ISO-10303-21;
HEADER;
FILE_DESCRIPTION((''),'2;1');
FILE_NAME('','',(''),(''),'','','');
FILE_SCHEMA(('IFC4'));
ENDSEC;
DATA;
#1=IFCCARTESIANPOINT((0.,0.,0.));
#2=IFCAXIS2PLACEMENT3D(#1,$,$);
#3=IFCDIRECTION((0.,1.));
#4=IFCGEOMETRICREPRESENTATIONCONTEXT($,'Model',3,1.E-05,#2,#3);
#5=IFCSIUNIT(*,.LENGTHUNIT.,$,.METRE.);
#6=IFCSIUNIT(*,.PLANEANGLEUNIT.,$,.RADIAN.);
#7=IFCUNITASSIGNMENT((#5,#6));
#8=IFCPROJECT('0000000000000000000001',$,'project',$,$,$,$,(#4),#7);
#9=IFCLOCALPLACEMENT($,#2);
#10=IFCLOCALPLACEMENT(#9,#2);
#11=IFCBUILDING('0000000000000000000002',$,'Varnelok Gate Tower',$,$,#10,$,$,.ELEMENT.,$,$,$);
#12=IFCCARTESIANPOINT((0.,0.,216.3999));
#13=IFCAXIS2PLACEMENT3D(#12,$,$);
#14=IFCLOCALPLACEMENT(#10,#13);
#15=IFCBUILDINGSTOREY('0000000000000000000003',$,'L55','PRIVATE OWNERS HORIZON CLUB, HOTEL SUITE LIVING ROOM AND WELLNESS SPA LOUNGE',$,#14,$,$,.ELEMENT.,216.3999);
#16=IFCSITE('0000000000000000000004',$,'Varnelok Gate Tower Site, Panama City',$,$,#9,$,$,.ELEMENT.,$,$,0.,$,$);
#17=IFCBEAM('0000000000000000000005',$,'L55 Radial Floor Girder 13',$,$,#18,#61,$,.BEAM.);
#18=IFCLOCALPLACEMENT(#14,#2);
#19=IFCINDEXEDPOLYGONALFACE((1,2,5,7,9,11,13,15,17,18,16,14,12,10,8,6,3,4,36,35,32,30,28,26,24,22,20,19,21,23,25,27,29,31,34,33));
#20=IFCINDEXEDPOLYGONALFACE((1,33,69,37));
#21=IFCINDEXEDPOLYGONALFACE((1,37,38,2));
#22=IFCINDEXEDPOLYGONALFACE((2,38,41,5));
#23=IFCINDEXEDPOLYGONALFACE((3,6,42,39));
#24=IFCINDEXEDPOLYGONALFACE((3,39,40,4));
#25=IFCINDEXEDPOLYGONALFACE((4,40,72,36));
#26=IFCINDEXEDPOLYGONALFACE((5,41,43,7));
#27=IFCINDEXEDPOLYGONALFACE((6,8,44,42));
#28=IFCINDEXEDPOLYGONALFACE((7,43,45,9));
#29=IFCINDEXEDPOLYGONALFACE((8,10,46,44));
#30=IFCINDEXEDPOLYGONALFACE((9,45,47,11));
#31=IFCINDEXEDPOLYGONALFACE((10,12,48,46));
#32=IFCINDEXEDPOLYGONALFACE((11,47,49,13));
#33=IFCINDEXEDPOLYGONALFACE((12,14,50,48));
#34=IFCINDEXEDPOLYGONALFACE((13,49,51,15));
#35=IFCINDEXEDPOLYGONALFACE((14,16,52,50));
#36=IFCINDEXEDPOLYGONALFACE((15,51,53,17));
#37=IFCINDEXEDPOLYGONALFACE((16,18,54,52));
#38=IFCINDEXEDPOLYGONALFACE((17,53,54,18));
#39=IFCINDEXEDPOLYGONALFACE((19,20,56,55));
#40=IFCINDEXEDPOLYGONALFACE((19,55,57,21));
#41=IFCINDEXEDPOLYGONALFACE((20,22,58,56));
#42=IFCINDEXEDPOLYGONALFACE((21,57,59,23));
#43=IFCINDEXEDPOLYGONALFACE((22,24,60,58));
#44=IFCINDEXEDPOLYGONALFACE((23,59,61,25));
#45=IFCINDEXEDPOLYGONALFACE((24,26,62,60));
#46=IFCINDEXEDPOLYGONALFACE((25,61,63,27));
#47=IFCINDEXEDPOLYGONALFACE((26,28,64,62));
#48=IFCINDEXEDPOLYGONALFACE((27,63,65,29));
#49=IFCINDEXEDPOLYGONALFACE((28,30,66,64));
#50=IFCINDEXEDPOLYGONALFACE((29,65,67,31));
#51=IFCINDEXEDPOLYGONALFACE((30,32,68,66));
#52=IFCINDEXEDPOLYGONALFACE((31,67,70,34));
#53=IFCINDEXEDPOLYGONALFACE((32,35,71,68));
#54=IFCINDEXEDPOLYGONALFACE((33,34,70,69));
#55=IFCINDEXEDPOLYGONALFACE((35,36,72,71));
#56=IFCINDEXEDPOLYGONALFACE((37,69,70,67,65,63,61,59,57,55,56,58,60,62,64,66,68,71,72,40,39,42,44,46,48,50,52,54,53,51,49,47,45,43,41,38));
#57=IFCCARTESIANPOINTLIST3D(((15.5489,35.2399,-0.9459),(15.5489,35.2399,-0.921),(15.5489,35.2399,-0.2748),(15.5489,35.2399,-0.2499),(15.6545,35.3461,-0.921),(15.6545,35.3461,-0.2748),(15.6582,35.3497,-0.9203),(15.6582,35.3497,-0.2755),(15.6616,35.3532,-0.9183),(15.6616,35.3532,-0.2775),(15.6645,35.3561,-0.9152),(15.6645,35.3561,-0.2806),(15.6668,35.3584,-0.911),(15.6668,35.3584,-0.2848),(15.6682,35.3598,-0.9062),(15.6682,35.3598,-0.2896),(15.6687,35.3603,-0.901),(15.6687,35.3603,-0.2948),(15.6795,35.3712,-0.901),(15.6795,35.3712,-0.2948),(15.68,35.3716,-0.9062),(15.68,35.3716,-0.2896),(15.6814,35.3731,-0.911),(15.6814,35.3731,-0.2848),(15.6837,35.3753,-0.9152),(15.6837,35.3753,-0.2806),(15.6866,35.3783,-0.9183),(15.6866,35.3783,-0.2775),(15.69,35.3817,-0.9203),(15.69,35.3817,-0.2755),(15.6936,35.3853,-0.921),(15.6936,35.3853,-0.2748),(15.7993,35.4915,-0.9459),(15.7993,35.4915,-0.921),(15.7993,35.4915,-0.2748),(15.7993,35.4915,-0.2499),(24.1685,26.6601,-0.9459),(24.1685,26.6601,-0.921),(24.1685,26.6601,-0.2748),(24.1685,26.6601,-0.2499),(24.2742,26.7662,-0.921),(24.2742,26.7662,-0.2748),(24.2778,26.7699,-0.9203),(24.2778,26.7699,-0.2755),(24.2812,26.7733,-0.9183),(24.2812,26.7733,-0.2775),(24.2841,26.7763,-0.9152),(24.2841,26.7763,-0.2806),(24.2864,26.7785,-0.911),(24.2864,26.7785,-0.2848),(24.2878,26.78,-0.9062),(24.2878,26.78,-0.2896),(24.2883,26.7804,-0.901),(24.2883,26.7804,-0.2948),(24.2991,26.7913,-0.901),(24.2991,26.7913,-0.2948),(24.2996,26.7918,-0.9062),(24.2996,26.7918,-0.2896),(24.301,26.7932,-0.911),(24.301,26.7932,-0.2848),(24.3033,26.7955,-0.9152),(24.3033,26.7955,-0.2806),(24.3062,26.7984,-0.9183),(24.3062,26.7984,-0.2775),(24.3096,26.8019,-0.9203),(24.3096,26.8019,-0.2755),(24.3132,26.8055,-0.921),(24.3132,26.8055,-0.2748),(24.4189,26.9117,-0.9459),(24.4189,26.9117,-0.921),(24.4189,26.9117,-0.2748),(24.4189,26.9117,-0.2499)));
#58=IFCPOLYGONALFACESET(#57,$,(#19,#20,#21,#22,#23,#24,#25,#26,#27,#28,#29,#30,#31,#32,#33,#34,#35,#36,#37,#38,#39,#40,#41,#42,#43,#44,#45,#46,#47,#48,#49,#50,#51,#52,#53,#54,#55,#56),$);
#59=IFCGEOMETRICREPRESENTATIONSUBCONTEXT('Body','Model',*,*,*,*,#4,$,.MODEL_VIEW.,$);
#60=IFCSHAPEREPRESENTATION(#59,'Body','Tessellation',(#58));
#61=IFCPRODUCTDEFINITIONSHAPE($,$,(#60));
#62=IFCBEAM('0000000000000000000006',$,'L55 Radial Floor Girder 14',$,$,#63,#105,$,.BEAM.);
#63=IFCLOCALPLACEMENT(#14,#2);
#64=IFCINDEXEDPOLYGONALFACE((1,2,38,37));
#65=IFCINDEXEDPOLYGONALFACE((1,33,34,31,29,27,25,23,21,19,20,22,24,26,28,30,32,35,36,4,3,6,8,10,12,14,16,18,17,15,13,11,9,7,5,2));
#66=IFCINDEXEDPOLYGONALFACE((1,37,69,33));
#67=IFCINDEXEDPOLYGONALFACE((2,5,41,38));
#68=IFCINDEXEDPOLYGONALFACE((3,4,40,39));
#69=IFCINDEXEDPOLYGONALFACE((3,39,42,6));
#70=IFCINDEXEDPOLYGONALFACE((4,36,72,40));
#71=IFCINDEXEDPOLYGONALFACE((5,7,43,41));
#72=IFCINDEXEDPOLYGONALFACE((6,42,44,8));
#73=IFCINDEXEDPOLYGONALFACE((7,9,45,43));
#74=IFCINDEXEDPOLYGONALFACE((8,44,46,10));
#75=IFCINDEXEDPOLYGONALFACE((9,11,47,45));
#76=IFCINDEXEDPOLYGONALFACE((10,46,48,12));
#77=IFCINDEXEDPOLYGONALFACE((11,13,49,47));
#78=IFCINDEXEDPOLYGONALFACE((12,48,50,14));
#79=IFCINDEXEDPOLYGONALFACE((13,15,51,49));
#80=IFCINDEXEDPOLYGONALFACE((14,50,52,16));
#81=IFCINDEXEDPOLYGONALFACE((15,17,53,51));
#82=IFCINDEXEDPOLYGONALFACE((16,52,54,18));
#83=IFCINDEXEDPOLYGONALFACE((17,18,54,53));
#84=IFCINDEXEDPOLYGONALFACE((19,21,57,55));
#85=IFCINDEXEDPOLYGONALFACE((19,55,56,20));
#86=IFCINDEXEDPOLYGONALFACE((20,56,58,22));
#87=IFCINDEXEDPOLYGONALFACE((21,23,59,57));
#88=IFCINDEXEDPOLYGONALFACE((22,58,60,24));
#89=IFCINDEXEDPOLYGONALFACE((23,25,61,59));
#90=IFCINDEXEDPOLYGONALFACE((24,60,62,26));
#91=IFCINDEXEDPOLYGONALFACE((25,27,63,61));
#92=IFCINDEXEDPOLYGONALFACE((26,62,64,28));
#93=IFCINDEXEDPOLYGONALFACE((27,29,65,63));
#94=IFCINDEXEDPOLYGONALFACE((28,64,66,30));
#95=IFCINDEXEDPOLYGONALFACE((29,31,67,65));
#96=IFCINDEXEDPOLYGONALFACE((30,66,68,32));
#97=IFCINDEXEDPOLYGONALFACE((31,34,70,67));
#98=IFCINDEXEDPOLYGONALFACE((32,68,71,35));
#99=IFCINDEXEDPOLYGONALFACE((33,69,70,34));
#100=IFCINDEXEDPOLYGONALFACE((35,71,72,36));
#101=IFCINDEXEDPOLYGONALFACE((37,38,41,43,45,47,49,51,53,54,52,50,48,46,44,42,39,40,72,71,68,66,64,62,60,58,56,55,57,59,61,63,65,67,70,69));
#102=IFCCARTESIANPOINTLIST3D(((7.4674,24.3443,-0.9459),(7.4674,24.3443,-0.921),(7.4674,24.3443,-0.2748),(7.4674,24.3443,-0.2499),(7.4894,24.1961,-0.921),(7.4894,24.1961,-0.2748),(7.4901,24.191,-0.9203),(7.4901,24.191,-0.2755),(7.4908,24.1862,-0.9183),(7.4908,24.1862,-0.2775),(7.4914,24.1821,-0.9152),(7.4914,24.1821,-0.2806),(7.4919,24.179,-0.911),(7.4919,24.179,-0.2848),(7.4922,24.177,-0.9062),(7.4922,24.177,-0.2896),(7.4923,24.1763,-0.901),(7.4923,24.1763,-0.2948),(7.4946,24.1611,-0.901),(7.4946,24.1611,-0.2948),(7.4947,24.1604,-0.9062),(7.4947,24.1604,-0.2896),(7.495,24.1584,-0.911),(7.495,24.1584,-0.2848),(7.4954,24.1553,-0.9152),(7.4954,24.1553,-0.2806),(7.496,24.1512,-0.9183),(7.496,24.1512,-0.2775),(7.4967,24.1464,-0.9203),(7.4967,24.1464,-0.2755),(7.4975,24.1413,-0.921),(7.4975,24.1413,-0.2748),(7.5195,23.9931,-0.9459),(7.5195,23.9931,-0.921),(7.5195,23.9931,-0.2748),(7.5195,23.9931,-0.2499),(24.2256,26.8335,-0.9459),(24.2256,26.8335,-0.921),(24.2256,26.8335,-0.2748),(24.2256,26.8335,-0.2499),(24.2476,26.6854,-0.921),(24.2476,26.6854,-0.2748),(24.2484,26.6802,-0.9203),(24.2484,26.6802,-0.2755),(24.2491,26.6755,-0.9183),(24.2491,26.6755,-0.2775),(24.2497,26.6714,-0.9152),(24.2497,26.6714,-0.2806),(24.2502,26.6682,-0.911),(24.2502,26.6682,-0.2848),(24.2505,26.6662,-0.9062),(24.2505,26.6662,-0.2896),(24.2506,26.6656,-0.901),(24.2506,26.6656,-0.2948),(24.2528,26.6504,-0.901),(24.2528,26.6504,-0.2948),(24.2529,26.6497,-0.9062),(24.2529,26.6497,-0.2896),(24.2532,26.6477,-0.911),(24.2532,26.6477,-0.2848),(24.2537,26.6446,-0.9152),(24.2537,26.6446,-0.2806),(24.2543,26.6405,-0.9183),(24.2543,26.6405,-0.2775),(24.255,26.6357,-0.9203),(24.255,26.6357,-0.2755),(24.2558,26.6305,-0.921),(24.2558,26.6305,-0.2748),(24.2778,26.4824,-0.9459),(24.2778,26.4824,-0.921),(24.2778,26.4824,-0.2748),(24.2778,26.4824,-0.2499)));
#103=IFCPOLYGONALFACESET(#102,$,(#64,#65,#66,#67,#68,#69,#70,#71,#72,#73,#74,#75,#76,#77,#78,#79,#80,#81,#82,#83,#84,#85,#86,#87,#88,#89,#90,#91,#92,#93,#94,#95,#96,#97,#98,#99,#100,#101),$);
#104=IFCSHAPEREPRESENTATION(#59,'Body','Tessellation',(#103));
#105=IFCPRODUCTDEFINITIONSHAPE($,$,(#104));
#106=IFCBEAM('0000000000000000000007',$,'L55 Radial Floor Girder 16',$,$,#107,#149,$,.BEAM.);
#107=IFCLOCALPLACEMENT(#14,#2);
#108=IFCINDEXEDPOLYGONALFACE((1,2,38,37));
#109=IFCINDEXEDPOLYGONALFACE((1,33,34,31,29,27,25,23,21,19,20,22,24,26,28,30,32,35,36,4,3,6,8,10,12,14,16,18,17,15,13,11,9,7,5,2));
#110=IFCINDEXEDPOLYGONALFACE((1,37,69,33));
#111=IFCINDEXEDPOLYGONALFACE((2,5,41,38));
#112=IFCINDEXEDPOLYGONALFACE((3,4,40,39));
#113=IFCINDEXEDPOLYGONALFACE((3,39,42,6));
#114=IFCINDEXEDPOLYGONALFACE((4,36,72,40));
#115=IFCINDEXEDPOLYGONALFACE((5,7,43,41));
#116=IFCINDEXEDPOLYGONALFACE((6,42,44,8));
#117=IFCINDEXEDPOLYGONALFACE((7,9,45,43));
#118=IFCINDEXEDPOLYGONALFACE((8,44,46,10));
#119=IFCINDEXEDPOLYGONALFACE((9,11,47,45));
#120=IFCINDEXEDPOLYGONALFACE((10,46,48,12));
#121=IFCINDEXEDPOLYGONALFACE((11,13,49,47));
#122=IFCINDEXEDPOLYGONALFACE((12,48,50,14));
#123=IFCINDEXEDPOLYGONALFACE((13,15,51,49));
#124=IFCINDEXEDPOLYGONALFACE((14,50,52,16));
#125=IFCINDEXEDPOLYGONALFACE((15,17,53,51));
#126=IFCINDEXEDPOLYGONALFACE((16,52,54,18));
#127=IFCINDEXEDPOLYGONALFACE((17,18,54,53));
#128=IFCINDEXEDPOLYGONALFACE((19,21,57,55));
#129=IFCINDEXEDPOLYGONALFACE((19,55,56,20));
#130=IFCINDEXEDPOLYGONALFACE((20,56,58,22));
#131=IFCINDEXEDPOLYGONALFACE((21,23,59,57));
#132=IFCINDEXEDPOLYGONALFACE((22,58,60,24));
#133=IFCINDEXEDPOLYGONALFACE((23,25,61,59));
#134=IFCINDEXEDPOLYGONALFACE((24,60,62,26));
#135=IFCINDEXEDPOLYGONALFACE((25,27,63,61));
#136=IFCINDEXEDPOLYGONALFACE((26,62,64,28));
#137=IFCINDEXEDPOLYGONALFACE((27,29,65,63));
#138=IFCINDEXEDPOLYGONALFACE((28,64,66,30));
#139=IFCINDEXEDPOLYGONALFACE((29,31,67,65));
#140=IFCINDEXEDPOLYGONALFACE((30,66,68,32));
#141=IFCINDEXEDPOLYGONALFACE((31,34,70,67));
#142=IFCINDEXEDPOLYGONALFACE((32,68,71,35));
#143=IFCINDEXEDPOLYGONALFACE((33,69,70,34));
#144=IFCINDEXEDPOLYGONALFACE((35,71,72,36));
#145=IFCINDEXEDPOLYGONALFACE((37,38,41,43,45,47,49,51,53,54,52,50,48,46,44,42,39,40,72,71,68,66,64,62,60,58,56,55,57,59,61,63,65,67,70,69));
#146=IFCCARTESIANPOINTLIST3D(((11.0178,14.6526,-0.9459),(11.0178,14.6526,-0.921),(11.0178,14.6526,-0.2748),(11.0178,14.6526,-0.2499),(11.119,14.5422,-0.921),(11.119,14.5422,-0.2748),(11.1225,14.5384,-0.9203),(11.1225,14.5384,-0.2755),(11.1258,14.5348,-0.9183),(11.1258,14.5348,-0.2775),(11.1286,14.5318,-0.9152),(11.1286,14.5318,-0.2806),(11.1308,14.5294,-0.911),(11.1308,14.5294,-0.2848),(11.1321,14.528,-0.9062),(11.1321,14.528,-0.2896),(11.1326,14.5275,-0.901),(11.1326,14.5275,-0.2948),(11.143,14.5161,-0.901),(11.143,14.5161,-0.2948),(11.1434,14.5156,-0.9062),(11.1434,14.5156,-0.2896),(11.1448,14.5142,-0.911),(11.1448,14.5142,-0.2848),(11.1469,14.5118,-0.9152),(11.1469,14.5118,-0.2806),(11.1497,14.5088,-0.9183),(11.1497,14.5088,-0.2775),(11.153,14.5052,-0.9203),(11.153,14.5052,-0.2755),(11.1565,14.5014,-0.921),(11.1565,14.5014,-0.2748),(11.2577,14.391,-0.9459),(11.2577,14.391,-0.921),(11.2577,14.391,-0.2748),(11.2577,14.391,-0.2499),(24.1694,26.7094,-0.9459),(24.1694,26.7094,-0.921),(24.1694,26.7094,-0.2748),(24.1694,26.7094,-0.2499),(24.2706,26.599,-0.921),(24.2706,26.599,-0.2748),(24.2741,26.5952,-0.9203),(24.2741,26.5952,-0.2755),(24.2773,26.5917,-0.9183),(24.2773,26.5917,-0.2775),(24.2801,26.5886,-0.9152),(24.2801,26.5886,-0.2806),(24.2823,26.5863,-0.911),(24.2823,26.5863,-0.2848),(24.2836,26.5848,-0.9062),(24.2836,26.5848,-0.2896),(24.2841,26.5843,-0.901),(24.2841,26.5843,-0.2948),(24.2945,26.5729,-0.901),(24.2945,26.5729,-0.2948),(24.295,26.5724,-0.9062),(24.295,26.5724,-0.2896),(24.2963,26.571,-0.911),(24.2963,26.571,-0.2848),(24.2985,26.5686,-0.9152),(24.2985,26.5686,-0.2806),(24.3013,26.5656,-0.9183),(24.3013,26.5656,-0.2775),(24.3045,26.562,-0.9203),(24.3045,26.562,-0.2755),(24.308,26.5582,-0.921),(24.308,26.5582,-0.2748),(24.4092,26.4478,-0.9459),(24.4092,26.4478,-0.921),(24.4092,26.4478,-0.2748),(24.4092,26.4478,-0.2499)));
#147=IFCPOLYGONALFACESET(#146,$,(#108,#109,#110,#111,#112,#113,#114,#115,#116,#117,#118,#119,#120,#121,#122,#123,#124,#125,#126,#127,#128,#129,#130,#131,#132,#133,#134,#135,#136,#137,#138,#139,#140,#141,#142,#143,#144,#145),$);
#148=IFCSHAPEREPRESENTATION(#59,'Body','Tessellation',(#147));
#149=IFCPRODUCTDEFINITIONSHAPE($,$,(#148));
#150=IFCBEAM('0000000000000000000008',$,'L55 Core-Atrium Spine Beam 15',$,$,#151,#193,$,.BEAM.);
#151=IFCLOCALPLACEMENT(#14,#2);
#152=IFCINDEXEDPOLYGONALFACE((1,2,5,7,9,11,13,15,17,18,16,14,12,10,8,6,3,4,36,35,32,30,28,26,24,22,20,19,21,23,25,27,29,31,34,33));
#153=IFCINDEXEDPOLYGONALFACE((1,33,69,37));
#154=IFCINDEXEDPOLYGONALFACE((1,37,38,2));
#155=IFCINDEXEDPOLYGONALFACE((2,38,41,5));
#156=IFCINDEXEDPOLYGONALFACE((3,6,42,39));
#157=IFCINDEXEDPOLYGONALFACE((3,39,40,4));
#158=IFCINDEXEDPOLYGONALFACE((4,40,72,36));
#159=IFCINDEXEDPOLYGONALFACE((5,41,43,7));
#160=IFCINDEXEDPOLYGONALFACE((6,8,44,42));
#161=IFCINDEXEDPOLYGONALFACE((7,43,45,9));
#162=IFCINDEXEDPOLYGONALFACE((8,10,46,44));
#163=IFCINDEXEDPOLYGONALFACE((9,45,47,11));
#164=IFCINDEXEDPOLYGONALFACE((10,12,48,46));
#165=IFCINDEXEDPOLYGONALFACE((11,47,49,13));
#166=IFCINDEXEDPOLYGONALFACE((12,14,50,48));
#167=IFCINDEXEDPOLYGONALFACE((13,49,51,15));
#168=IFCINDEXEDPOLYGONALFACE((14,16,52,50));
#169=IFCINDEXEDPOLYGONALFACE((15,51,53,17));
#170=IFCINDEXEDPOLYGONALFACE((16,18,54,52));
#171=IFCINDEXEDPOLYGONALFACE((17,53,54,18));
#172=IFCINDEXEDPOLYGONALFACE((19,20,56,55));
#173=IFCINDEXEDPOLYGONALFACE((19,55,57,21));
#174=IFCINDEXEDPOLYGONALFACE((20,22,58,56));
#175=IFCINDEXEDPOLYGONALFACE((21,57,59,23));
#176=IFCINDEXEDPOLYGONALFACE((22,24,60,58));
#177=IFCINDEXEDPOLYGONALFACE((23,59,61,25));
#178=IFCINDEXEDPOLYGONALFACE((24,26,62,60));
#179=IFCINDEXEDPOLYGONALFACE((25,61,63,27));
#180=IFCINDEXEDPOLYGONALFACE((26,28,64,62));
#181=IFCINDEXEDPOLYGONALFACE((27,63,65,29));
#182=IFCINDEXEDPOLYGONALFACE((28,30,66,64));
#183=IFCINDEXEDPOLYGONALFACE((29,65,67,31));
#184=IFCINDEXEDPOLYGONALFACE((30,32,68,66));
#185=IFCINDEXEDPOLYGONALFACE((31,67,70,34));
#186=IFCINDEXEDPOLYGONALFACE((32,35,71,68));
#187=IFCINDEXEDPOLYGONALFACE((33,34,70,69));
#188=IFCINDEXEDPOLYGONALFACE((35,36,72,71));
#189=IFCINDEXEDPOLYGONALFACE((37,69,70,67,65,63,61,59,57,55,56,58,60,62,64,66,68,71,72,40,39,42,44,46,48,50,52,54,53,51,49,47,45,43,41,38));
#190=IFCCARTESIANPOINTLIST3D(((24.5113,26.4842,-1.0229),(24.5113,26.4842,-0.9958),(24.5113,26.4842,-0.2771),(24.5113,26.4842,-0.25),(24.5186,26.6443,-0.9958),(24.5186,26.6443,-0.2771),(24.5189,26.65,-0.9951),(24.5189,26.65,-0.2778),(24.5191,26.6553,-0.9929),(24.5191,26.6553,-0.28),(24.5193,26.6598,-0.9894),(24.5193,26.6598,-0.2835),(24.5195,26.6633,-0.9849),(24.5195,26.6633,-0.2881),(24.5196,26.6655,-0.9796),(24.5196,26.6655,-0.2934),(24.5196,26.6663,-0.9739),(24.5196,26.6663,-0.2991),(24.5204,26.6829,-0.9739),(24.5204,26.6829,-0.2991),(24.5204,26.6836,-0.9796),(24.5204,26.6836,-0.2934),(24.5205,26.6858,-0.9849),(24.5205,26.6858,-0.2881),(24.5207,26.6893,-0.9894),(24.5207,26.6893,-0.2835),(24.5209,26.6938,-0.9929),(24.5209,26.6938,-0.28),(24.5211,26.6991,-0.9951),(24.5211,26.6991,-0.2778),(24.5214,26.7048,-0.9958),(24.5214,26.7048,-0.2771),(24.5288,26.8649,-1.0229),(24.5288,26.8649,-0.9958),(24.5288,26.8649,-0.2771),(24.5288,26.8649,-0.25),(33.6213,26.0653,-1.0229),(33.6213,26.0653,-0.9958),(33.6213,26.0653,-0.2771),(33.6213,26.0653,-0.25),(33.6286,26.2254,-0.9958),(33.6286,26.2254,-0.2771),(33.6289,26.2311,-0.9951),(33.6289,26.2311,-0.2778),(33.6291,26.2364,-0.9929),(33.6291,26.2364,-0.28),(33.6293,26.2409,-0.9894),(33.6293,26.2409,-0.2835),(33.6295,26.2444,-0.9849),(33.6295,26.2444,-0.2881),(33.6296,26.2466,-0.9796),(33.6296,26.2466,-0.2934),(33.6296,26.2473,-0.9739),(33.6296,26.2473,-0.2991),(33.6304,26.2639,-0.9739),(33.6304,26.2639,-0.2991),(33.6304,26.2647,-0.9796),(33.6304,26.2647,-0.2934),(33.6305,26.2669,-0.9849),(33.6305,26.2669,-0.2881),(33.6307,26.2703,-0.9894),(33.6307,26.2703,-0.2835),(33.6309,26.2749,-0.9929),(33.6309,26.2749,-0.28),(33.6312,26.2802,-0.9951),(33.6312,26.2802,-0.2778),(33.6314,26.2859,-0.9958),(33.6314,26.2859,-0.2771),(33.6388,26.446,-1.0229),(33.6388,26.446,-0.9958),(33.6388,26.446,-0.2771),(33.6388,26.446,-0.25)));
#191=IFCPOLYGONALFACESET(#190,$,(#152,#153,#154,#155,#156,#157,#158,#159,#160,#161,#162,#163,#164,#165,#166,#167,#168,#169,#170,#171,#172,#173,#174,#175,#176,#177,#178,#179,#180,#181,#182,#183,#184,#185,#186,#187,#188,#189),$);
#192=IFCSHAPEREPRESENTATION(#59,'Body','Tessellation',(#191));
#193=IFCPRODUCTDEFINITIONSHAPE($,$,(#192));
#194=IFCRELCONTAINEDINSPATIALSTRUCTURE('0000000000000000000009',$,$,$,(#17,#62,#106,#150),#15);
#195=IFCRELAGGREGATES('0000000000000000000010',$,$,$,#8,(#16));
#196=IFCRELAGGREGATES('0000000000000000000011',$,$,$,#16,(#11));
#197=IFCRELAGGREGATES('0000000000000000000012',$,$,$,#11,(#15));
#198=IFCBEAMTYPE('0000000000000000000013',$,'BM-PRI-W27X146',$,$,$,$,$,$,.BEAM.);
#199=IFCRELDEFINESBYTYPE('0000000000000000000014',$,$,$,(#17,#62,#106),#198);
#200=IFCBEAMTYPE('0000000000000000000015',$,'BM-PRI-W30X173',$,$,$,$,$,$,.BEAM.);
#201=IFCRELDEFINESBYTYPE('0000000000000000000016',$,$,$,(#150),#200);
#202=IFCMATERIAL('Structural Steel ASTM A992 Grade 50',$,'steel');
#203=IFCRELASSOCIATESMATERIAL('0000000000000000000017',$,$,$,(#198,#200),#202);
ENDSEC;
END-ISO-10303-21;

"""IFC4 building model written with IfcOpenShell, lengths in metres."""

from ifc_helpers import new_model, si_unit, direction, frame, origin, origin_2d, place, context, subcontext, project, spatial, i_section, extrude, material, material_profile, profile_set, type_object, element, save


model = new_model("IFC4")

# Units and contexts
model_context = context("Model", 3, precision=1e-05, world=origin(), true_north=direction((0.0, 1.0)))
body_context = subcontext(model_context, "Body", "Model", "MODEL_VIEW")
ifc_project = project(units=[si_unit("LENGTHUNIT", "METRE"), si_unit("PLANEANGLEUNIT", "RADIAN")], contexts=[model_context])

# Site, building, storey
site_placement = place(None, origin())
site = spatial("IfcSite", under=ifc_project, at=site_placement, Name="Varnelok Gate Tower Site, Panama City", CompositionType="ELEMENT", RefElevation=0.0)
building_placement = place(site_placement, origin())
building = spatial("IfcBuilding", under=site, at=building_placement, Name="Varnelok Gate Tower", CompositionType="ELEMENT")
storey_placement = place(building_placement, frame((0.0, 0.0, 216.3999)))
storey = spatial("IfcBuildingStorey", under=building, at=storey_placement, Name="L55", Description="PRIVATE OWNERS HORIZON CLUB, HOTEL SUITE LIVING ROOM AND WELLNESS SPA LOUNGE", CompositionType="ELEMENT", Elevation=216.3999)

# Shared definitions
ifc_material_1 = material(Name="Structural Steel ASTM A992 Grade 50", Category="steel")

# Beams
ifc_material_profile_1 = material_profile(ifc_material_1, i_section(OverallWidth=0.355, OverallDepth=0.696, WebThickness=0.0154, FlangeThickness=0.0249, FilletRadius=0.02, at=origin_2d()), Name="W27X146")
ifc_profile_set_1 = profile_set([ifc_material_profile_1], Name="Structural Steel ASTM A992 Grade 50")
beam_type_1 = type_object("IfcBeamType", Name="BM-PRI-W27X146", PredefinedType="BEAM", material=ifc_profile_set_1)
beam_1_placement = place(storey_placement, frame((24.2937, 26.7859, -0.5979), z_axis=(-0.708741, 0.705469, 0.0), x_axis=(-0.705469, -0.708741, 0.0)))
element("IfcBeam", 1, at=beam_1_placement, inside=storey, type_object=beam_type_1, Name="L55 Radial Floor Girder 13", PredefinedType="BEAM", context=body_context, shape_type="SweptSolid", body=[
    extrude(i_section(OverallWidth=0.355, OverallDepth=0.696, WebThickness=0.0154, FlangeThickness=0.0249, FilletRadius=0.02, at=origin_2d()), origin(), (0.0, 0.0, 1.0), 12.1619),
])
beam_2_placement = place(storey_placement, frame((24.2517, 26.658, -0.5979), z_axis=(-0.989147, -0.146927, 0.0), x_axis=(0.146927, -0.989147, 0.0)))
element("IfcBeam", 2, at=beam_2_placement, inside=storey, type_object=beam_type_1, Name="L55 Radial Floor Girder 14", PredefinedType="BEAM", context=body_context, shape_type="SweptSolid", body=[
    extrude(i_section(OverallWidth=0.355, OverallDepth=0.696, WebThickness=0.0154, FlangeThickness=0.0249, FilletRadius=0.02, at=origin_2d()), origin(), (0.0, 0.0, 1.0), 16.9421),
])
beam_3_placement = place(storey_placement, frame((24.2893, 26.5786, -0.5979), z_axis=(-0.737119, -0.675762, 0.0), x_axis=(0.675762, -0.737119, 0.0)))
element("IfcBeam", 3, at=beam_3_placement, inside=storey, type_object=beam_type_1, Name="L55 Radial Floor Girder 16", PredefinedType="BEAM", context=body_context, shape_type="SweptSolid", body=[
    extrude(i_section(OverallWidth=0.355, OverallDepth=0.696, WebThickness=0.0154, FlangeThickness=0.0249, FilletRadius=0.02, at=origin_2d()), origin(), (0.0, 0.0, 1.0), 17.8418),
])
ifc_material_profile_2 = material_profile(ifc_material_1, i_section(OverallWidth=0.3811, OverallDepth=0.7729, WebThickness=0.0166, FlangeThickness=0.0271, FilletRadius=0.022, at=origin_2d()), Name="W30X173")
ifc_profile_set_2 = profile_set([ifc_material_profile_2], Name="Structural Steel ASTM A992 Grade 50")
beam_type_2 = type_object("IfcBeamType", Name="BM-PRI-W30X173", PredefinedType="BEAM", material=ifc_profile_set_2)
beam_4_placement = place(storey_placement, frame((24.52, 26.6746, -0.6365), z_axis=(0.998944, -0.045938, 0.0), x_axis=(0.045938, 0.998944, 0.0)))
element("IfcBeam", 4, at=beam_4_placement, inside=storey, type_object=beam_type_2, Name="L55 Core-Atrium Spine Beam 15", PredefinedType="BEAM", context=body_context, shape_type="SweptSolid", body=[
    extrude(i_section(OverallWidth=0.3811, OverallDepth=0.7729, WebThickness=0.0166, FlangeThickness=0.0271, FilletRadius=0.022, at=origin_2d()), origin(), (0.0, 0.0, 1.0), 9.1196),
])

save(model, "model.ifc")
